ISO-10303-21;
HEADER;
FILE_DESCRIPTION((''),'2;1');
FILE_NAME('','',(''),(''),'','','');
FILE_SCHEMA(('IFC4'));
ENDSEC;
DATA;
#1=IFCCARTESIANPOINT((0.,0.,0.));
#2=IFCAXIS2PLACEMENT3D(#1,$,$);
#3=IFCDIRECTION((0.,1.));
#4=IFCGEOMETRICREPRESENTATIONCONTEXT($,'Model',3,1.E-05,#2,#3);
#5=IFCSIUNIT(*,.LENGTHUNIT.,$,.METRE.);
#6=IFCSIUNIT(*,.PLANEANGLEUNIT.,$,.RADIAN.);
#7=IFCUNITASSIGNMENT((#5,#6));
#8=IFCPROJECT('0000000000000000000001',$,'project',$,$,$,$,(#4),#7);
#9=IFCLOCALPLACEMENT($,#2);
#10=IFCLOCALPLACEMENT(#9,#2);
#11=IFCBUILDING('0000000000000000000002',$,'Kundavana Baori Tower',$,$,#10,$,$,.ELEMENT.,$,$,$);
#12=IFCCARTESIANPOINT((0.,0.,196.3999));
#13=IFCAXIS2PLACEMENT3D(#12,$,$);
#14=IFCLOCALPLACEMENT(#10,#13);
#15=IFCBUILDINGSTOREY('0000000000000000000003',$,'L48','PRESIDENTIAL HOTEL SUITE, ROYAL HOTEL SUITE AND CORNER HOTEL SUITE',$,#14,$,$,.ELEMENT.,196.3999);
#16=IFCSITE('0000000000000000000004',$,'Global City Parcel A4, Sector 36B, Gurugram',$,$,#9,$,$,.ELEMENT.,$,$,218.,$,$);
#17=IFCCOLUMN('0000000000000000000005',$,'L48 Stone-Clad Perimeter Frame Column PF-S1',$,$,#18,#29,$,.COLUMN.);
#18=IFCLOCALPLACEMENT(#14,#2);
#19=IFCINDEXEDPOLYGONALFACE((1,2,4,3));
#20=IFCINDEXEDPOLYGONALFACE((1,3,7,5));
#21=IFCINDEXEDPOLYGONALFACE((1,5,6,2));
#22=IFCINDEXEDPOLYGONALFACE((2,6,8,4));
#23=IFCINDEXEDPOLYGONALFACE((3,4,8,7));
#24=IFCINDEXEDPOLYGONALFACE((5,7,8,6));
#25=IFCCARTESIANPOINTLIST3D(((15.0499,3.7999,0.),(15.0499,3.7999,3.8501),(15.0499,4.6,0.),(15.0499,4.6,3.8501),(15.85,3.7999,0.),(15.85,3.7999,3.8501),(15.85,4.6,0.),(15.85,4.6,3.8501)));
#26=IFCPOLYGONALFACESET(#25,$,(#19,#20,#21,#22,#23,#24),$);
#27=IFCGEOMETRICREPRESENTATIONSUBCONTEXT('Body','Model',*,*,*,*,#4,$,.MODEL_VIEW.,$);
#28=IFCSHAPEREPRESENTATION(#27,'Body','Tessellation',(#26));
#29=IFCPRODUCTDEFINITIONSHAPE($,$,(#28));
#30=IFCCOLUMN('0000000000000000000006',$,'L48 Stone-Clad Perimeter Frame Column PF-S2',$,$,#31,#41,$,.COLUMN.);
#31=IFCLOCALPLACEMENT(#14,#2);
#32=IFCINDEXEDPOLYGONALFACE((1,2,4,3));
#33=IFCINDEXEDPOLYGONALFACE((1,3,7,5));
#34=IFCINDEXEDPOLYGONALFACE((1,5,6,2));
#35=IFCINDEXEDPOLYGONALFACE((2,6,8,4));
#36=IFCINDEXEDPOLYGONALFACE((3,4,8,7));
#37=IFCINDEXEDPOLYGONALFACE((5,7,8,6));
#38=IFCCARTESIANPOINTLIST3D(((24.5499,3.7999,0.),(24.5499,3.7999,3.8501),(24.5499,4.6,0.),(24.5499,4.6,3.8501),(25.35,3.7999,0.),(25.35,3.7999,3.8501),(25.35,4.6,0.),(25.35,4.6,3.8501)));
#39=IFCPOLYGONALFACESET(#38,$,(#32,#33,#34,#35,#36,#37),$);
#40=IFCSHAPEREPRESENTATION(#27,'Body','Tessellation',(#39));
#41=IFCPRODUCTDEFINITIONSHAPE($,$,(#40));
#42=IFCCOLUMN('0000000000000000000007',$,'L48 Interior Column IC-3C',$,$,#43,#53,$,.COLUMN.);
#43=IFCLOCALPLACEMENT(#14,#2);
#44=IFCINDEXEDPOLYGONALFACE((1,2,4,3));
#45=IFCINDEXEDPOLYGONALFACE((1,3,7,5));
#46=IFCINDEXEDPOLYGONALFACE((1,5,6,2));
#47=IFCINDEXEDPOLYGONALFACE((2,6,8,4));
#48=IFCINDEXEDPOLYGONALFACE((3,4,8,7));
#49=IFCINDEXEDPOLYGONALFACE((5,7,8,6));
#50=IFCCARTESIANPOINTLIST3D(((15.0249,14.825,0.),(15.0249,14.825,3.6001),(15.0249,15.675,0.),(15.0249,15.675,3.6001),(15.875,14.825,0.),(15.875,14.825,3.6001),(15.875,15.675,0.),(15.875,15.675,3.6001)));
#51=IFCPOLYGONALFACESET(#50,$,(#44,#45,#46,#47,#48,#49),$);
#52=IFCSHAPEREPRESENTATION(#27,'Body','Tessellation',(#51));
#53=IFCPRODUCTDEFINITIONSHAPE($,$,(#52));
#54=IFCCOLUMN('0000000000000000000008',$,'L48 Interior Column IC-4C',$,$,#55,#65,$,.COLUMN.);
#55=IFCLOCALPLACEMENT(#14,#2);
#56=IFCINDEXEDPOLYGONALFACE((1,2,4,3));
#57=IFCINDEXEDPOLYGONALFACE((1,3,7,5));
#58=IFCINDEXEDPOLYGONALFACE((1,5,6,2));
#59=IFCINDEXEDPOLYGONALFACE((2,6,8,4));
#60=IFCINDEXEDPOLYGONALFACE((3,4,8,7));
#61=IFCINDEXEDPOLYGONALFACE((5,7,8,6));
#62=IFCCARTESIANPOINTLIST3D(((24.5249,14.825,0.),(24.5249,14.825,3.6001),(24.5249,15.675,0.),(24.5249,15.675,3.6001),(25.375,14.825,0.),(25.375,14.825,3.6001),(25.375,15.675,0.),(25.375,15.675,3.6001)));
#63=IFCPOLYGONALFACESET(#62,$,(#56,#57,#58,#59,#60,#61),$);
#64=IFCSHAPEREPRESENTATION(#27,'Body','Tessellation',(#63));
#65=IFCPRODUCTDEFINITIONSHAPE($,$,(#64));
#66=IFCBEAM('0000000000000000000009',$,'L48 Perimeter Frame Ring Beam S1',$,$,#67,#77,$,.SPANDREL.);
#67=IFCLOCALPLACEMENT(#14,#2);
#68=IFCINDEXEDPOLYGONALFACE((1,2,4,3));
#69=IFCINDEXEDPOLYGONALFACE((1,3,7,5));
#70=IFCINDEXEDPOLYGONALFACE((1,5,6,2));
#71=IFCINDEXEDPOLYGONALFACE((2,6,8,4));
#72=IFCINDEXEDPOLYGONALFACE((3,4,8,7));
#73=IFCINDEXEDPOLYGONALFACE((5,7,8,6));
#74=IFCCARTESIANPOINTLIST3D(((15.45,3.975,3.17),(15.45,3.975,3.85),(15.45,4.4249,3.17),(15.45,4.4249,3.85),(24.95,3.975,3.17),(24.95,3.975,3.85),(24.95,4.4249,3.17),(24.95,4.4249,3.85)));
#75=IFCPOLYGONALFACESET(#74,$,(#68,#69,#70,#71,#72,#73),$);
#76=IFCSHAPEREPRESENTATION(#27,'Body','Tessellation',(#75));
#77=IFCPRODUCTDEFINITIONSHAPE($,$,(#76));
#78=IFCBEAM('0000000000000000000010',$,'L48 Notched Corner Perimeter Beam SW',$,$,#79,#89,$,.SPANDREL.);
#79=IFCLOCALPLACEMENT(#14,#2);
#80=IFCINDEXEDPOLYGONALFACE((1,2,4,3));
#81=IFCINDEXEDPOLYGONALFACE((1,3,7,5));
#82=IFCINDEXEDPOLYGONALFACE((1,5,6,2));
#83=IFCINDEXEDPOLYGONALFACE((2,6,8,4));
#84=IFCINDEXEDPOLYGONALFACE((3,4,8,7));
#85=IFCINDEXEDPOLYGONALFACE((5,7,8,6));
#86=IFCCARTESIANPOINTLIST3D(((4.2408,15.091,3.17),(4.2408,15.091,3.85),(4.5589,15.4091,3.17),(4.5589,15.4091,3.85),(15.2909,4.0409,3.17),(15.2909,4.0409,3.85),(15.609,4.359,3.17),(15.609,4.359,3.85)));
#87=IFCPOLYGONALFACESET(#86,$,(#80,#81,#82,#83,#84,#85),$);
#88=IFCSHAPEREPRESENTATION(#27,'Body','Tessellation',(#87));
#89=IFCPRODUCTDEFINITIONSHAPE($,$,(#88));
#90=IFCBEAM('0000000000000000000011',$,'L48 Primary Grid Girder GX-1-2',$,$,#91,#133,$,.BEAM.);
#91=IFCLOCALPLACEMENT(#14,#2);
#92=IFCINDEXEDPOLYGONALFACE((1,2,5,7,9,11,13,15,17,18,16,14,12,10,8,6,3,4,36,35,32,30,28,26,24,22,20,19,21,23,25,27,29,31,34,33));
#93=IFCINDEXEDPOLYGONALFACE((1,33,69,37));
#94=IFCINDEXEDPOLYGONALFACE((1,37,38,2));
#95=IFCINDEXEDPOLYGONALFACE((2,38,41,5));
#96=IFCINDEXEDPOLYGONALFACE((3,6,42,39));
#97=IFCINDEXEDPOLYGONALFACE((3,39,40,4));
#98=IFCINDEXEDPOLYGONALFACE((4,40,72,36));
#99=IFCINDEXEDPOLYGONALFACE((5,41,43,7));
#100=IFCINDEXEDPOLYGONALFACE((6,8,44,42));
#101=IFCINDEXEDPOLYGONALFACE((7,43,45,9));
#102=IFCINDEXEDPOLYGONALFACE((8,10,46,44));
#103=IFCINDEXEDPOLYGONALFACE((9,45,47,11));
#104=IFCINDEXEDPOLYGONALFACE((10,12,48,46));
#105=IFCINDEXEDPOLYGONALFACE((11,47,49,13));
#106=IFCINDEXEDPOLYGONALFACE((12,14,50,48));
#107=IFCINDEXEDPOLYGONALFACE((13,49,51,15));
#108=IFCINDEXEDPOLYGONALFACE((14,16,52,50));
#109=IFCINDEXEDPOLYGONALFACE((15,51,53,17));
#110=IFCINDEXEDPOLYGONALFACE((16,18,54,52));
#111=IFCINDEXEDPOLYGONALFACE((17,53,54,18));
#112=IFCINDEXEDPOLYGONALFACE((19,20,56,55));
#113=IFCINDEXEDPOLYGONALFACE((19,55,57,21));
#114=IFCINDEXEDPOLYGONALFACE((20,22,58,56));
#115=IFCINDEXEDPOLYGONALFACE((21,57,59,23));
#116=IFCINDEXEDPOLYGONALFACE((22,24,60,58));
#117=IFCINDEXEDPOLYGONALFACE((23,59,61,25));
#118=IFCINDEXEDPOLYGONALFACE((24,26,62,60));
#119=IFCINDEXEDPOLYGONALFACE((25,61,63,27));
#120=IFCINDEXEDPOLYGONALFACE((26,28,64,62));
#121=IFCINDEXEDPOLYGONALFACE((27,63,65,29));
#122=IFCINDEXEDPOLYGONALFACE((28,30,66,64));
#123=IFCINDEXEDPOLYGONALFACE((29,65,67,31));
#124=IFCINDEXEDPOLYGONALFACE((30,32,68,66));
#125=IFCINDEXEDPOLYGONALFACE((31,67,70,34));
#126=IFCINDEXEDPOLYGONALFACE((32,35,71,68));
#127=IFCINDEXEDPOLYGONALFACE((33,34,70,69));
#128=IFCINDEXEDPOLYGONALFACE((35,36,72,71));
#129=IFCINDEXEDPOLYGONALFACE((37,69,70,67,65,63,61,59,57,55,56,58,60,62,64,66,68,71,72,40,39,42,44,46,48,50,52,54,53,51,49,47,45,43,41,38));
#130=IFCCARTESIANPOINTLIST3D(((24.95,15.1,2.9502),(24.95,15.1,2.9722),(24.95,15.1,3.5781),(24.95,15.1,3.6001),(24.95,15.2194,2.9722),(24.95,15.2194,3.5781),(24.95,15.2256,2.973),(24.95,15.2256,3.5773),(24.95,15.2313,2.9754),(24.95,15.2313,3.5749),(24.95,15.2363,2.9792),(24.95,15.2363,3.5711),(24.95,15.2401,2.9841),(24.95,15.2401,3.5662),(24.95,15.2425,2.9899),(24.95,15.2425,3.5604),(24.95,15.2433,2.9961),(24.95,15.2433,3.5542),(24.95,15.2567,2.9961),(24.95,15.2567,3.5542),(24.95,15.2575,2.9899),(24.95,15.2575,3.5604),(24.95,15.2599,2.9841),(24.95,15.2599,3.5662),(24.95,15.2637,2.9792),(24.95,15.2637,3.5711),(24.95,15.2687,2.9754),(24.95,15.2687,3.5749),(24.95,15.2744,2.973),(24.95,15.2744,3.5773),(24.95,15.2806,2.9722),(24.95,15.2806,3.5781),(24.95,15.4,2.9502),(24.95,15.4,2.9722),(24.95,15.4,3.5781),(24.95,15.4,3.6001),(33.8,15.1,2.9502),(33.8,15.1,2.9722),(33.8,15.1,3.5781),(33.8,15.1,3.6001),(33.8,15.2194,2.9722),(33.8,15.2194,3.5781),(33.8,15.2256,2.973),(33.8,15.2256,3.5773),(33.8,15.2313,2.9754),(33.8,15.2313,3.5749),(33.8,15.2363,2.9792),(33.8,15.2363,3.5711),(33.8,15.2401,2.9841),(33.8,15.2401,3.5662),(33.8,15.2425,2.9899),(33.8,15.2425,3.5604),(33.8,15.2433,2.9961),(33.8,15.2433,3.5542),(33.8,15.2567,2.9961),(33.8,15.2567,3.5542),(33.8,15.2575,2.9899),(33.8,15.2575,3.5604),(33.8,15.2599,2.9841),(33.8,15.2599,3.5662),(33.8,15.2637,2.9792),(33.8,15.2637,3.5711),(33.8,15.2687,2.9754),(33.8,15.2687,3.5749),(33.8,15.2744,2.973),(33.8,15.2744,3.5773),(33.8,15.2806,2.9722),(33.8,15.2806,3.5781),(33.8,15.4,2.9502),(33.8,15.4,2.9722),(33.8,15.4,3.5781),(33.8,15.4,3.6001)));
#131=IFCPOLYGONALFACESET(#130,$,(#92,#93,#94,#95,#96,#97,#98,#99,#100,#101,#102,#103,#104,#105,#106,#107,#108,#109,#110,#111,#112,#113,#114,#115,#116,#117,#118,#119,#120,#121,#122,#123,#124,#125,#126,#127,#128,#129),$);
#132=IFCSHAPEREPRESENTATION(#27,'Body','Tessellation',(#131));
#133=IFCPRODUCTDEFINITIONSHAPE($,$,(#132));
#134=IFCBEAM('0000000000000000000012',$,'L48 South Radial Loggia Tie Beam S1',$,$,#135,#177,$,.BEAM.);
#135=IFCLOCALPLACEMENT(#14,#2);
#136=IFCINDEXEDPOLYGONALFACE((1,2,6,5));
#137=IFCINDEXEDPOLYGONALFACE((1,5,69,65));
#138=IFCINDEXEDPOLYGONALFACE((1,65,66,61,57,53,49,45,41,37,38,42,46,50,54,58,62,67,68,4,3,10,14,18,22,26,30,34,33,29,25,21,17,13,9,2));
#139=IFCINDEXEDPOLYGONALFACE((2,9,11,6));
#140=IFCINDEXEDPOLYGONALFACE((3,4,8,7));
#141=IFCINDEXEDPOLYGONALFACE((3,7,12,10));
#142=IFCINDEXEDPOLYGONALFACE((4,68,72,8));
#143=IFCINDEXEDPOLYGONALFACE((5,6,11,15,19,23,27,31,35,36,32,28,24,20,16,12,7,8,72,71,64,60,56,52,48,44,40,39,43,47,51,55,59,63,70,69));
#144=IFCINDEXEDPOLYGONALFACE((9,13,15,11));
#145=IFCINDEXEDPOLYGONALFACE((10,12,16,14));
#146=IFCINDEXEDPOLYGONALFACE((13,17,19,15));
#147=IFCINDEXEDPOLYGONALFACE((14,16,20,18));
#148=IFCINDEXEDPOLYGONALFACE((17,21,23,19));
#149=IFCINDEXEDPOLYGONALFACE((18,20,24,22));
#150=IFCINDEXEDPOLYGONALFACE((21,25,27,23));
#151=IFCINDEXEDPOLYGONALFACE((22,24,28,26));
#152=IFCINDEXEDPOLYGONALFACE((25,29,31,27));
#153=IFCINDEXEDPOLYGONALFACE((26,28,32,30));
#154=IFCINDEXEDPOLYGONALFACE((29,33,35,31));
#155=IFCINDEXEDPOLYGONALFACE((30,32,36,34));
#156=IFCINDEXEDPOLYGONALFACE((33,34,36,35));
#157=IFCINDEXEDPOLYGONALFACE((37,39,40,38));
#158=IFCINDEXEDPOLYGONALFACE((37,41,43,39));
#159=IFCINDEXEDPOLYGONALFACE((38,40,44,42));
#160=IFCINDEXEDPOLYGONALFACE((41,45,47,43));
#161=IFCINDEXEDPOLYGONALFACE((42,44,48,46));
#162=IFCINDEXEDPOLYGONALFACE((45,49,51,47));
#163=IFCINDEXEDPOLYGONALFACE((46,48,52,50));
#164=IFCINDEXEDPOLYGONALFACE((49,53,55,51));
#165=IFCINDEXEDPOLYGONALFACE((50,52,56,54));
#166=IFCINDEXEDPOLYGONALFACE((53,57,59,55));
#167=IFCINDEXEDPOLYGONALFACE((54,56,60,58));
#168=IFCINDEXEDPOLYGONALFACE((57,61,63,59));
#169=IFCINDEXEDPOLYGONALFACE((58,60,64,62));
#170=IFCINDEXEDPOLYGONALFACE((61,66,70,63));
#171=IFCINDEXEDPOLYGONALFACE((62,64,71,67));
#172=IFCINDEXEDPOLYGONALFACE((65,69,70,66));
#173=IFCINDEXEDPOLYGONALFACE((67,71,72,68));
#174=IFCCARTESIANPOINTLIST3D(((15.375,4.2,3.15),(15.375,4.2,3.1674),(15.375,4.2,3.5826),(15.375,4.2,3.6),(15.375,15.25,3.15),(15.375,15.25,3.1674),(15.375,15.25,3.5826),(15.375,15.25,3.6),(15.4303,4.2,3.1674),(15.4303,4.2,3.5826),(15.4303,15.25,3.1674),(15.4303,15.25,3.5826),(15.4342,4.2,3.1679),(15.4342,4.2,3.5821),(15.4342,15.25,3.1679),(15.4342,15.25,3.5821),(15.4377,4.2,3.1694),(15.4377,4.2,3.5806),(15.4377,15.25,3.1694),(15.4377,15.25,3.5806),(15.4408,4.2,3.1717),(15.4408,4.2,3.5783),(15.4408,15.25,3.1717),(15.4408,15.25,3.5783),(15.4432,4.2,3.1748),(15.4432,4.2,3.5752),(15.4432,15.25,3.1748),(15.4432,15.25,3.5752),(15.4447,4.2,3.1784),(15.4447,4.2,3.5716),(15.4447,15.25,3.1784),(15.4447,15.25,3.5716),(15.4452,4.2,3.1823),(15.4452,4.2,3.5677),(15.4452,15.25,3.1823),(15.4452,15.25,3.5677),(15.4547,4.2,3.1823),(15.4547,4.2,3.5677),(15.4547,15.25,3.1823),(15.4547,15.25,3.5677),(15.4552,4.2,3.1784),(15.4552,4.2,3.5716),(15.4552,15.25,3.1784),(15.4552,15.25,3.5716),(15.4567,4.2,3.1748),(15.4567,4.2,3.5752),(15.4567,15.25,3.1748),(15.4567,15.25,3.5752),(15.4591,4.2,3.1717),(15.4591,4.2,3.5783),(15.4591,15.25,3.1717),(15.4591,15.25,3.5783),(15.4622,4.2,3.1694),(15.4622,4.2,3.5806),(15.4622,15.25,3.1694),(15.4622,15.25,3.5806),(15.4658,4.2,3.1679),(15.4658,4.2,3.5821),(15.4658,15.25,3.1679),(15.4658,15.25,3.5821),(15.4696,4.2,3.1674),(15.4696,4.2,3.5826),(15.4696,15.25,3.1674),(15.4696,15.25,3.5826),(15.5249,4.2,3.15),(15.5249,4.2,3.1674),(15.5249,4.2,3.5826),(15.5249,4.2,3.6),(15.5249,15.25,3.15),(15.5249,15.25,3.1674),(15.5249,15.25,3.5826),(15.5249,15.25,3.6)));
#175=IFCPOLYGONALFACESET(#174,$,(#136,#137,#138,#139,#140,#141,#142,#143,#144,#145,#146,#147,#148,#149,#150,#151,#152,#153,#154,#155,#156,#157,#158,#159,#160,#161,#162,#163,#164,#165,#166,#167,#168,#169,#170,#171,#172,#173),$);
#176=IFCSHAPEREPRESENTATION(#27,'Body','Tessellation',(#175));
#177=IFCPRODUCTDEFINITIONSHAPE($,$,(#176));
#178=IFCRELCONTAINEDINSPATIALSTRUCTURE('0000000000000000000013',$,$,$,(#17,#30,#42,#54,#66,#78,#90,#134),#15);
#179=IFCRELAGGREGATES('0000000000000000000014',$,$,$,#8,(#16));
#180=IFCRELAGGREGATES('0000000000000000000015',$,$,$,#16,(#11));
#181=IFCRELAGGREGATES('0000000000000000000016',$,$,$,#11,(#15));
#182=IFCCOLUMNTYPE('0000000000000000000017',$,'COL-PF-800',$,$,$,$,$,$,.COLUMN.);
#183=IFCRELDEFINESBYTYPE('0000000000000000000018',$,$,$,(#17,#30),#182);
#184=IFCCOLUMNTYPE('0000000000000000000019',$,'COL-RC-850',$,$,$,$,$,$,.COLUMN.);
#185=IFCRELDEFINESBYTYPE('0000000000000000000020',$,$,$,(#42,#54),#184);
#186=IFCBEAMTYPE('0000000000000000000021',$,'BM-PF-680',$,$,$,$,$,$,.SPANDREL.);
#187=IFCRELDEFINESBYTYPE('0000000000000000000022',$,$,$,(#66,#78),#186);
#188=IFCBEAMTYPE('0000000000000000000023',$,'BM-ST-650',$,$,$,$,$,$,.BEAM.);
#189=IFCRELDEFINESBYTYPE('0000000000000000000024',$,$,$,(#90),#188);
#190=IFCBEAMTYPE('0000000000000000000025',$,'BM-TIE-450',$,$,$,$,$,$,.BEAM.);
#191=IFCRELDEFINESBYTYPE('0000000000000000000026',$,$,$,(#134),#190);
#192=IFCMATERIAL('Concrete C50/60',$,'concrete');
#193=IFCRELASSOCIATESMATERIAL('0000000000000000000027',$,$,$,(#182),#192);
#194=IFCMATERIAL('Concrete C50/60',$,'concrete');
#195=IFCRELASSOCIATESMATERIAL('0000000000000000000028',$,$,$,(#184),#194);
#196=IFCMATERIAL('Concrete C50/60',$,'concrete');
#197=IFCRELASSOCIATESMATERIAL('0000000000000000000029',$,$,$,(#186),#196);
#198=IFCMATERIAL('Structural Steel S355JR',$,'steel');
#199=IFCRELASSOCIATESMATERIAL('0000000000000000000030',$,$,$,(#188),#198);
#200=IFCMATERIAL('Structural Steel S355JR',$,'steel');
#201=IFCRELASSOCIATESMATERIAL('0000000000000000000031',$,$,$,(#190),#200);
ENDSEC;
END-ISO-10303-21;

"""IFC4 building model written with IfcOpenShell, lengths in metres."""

from ifc_helpers import new_model, si_unit, direction, frame, origin, origin_2d, place, context, subcontext, project, spatial, rectangle, i_section, extrude, material, material_profile, profile_set, type_object, element, save


model = new_model("IFC4")

# Units and contexts
model_context = context("Model", 3, precision=1e-05, world=origin(), true_north=direction((0.0, 1.0)))
body_context = subcontext(model_context, "Body", "Model", "MODEL_VIEW")
ifc_project = project(units=[si_unit("LENGTHUNIT", "METRE"), si_unit("PLANEANGLEUNIT", "RADIAN")], contexts=[model_context])

# Site, building, storey
site_placement = place(None, origin())
site = spatial("IfcSite", under=ifc_project, at=site_placement, Name="Global City Parcel A4, Sector 36B, Gurugram", CompositionType="ELEMENT", RefElevation=218.0)
building_placement = place(site_placement, origin())
building = spatial("IfcBuilding", under=site, at=building_placement, Name="Kundavana Baori Tower", CompositionType="ELEMENT")
storey_placement = place(building_placement, frame((0.0, 0.0, 196.3999)))
storey = spatial("IfcBuildingStorey", under=building, at=storey_placement, Name="L48", Description="PRESIDENTIAL HOTEL SUITE, ROYAL HOTEL SUITE AND CORNER HOTEL SUITE", CompositionType="ELEMENT", Elevation=196.3999)

# Columns
ifc_material_1 = material(Name="Concrete C50/60", Category="concrete")
ifc_material_profile_1 = material_profile(ifc_material_1, rectangle(XDim=0.8, YDim=0.8, at=origin_2d()), Name="RC PF 800x800")
ifc_profile_set_1 = profile_set([ifc_material_profile_1], Name="Concrete C50/60")
column_type_1 = type_object("IfcColumnType", Name="COL-PF-800", PredefinedType="COLUMN", material=ifc_profile_set_1)
for number, where, z_axis, x_axis, name in (
    (1, (15.45, 4.2, 0.0), (0.0, 0.0, 1.0), (1.0, 0.0, 0.0), "L48 Stone-Clad Perimeter Frame Column PF-S1"),
    (2, (24.95, 4.2, 0.0), (0.0, 0.0, 1.0), (1.0, 0.0, 0.0), "L48 Stone-Clad Perimeter Frame Column PF-S2"),
):
    element("IfcColumn", number, at=place(storey_placement, frame(where, z_axis=z_axis, x_axis=x_axis)), inside=storey, type_object=column_type_1, Name=name, PredefinedType="COLUMN", context=body_context, shape_type="SweptSolid", body=[
        extrude(rectangle(XDim=0.8, YDim=0.8, at=origin_2d()), origin(), (0.0, 0.0, 1.0), 3.8501),
    ])
ifc_material_2 = material(Name="Concrete C50/60", Category="concrete")
ifc_material_profile_2 = material_profile(ifc_material_2, rectangle(XDim=0.8501, YDim=0.8501, at=origin_2d()), Name="RC 850x850")
ifc_profile_set_2 = profile_set([ifc_material_profile_2], Name="Concrete C50/60")
column_type_2 = type_object("IfcColumnType", Name="COL-RC-850", PredefinedType="COLUMN", material=ifc_profile_set_2)
for number, where, z_axis, x_axis, name in (
    (3, (15.45, 15.25, 0.0), (0.0, 0.0, 1.0), (1.0, 0.0, 0.0), "L48 Interior Column IC-3C"),
    (4, (24.95, 15.25, 0.0), (0.0, 0.0, 1.0), (1.0, 0.0, 0.0), "L48 Interior Column IC-4C"),
):
    element("IfcColumn", number, at=place(storey_placement, frame(where, z_axis=z_axis, x_axis=x_axis)), inside=storey, type_object=column_type_2, Name=name, PredefinedType="COLUMN", context=body_context, shape_type="SweptSolid", body=[
        extrude(rectangle(XDim=0.8501, YDim=0.8501, at=origin_2d()), origin(), (0.0, 0.0, 1.0), 3.6001),
    ])

# Beams
ifc_material_3 = material(Name="Concrete C50/60", Category="concrete")
ifc_material_profile_3 = material_profile(ifc_material_3, rectangle(XDim=0.45, YDim=0.6799, at=origin_2d()), Name="RC BM 450x680")
ifc_profile_set_3 = profile_set([ifc_material_profile_3], Name="Concrete C50/60")
beam_type_1 = type_object("IfcBeamType", Name="BM-PF-680", PredefinedType="SPANDREL", material=ifc_profile_set_3)
beam_1_placement = place(storey_placement, frame((15.45, 4.2, 3.51), z_axis=(1.0, 0.0, 0.0), x_axis=(0.0, 1.0, 0.0)))
element("IfcBeam", 5, at=beam_1_placement, inside=storey, type_object=beam_type_1, Name="L48 Perimeter Frame Ring Beam S1", PredefinedType="SPANDREL", context=body_context, shape_type="SweptSolid", body=[
    extrude(rectangle(XDim=0.45, YDim=0.6799, at=origin_2d()), origin(), (0.0, 0.0, 1.0), 9.5),
])
beam_2_placement = place(storey_placement, frame((15.45, 4.2, 3.51), z_axis=(-0.707107, 0.707107, 0.0), x_axis=(-0.707107, -0.707107, 0.0)))
element("IfcBeam", 6, at=beam_2_placement, inside=storey, type_object=beam_type_1, Name="L48 Notched Corner Perimeter Beam SW", PredefinedType="SPANDREL", context=body_context, shape_type="SweptSolid", body=[
    extrude(rectangle(XDim=0.45, YDim=0.6799, at=origin_2d()), origin(), (0.0, 0.0, 1.0), 15.6272),
])
ifc_material_4 = material(Name="Structural Steel S355JR", Category="steel")
ifc_material_profile_4 = material_profile(ifc_material_4, i_section(OverallWidth=0.3, OverallDepth=0.6499, WebThickness=0.0134, FlangeThickness=0.022, FilletRadius=0.0239, at=origin_2d()), Name="NPB 650x300x155")
ifc_profile_set_4 = profile_set([ifc_material_profile_4], Name="Structural Steel S355JR")
beam_type_2 = type_object("IfcBeamType", Name="BM-ST-650", PredefinedType="BEAM", material=ifc_profile_set_4)
beam_3_placement = place(storey_placement, frame((24.95, 15.25, 3.2751), z_axis=(1.0, 0.0, 0.0), x_axis=(0.0, 1.0, 0.0)))
element("IfcBeam", 7, at=beam_3_placement, inside=storey, type_object=beam_type_2, Name="L48 Primary Grid Girder GX-1-2", PredefinedType="BEAM", context=body_context, shape_type="SweptSolid", body=[
    extrude(i_section(OverallWidth=0.3, OverallDepth=0.6499, WebThickness=0.0134, FlangeThickness=0.022, FilletRadius=0.0239, at=origin_2d()), origin(), (0.0, 0.0, 1.0), 8.8501),
])
ifc_material_5 = material(Name="Structural Steel S355JR", Category="steel")
ifc_material_profile_5 = material_profile(ifc_material_5, i_section(OverallWidth=0.1499, OverallDepth=0.45, WebThickness=0.0095, FlangeThickness=0.0173, FilletRadius=0.0149, at=origin_2d()), Name="ISMB 450")
ifc_profile_set_5 = profile_set([ifc_material_profile_5], Name="Structural Steel S355JR")
beam_type_3 = type_object("IfcBeamType", Name="BM-TIE-450", PredefinedType="BEAM", material=ifc_profile_set_5)
for number, where, z_axis, x_axis, name in (
    (8, (15.45, 15.25, 3.375), (0.0, -1.0, 0.0), (1.0, 0.0, 0.0), "L48 South Radial Loggia Tie Beam S1"),
):
    element("IfcBeam", number, at=place(storey_placement, frame(where, z_axis=z_axis, x_axis=x_axis)), inside=storey, type_object=beam_type_3, Name=name, PredefinedType="BEAM", context=body_context, shape_type="SweptSolid", body=[
        extrude(i_section(OverallWidth=0.1499, OverallDepth=0.45, WebThickness=0.0095, FlangeThickness=0.0173, FilletRadius=0.0149, at=origin_2d()), origin(), (0.0, 0.0, 1.0), 11.05),
    ])

save(model, "model.ifc")
